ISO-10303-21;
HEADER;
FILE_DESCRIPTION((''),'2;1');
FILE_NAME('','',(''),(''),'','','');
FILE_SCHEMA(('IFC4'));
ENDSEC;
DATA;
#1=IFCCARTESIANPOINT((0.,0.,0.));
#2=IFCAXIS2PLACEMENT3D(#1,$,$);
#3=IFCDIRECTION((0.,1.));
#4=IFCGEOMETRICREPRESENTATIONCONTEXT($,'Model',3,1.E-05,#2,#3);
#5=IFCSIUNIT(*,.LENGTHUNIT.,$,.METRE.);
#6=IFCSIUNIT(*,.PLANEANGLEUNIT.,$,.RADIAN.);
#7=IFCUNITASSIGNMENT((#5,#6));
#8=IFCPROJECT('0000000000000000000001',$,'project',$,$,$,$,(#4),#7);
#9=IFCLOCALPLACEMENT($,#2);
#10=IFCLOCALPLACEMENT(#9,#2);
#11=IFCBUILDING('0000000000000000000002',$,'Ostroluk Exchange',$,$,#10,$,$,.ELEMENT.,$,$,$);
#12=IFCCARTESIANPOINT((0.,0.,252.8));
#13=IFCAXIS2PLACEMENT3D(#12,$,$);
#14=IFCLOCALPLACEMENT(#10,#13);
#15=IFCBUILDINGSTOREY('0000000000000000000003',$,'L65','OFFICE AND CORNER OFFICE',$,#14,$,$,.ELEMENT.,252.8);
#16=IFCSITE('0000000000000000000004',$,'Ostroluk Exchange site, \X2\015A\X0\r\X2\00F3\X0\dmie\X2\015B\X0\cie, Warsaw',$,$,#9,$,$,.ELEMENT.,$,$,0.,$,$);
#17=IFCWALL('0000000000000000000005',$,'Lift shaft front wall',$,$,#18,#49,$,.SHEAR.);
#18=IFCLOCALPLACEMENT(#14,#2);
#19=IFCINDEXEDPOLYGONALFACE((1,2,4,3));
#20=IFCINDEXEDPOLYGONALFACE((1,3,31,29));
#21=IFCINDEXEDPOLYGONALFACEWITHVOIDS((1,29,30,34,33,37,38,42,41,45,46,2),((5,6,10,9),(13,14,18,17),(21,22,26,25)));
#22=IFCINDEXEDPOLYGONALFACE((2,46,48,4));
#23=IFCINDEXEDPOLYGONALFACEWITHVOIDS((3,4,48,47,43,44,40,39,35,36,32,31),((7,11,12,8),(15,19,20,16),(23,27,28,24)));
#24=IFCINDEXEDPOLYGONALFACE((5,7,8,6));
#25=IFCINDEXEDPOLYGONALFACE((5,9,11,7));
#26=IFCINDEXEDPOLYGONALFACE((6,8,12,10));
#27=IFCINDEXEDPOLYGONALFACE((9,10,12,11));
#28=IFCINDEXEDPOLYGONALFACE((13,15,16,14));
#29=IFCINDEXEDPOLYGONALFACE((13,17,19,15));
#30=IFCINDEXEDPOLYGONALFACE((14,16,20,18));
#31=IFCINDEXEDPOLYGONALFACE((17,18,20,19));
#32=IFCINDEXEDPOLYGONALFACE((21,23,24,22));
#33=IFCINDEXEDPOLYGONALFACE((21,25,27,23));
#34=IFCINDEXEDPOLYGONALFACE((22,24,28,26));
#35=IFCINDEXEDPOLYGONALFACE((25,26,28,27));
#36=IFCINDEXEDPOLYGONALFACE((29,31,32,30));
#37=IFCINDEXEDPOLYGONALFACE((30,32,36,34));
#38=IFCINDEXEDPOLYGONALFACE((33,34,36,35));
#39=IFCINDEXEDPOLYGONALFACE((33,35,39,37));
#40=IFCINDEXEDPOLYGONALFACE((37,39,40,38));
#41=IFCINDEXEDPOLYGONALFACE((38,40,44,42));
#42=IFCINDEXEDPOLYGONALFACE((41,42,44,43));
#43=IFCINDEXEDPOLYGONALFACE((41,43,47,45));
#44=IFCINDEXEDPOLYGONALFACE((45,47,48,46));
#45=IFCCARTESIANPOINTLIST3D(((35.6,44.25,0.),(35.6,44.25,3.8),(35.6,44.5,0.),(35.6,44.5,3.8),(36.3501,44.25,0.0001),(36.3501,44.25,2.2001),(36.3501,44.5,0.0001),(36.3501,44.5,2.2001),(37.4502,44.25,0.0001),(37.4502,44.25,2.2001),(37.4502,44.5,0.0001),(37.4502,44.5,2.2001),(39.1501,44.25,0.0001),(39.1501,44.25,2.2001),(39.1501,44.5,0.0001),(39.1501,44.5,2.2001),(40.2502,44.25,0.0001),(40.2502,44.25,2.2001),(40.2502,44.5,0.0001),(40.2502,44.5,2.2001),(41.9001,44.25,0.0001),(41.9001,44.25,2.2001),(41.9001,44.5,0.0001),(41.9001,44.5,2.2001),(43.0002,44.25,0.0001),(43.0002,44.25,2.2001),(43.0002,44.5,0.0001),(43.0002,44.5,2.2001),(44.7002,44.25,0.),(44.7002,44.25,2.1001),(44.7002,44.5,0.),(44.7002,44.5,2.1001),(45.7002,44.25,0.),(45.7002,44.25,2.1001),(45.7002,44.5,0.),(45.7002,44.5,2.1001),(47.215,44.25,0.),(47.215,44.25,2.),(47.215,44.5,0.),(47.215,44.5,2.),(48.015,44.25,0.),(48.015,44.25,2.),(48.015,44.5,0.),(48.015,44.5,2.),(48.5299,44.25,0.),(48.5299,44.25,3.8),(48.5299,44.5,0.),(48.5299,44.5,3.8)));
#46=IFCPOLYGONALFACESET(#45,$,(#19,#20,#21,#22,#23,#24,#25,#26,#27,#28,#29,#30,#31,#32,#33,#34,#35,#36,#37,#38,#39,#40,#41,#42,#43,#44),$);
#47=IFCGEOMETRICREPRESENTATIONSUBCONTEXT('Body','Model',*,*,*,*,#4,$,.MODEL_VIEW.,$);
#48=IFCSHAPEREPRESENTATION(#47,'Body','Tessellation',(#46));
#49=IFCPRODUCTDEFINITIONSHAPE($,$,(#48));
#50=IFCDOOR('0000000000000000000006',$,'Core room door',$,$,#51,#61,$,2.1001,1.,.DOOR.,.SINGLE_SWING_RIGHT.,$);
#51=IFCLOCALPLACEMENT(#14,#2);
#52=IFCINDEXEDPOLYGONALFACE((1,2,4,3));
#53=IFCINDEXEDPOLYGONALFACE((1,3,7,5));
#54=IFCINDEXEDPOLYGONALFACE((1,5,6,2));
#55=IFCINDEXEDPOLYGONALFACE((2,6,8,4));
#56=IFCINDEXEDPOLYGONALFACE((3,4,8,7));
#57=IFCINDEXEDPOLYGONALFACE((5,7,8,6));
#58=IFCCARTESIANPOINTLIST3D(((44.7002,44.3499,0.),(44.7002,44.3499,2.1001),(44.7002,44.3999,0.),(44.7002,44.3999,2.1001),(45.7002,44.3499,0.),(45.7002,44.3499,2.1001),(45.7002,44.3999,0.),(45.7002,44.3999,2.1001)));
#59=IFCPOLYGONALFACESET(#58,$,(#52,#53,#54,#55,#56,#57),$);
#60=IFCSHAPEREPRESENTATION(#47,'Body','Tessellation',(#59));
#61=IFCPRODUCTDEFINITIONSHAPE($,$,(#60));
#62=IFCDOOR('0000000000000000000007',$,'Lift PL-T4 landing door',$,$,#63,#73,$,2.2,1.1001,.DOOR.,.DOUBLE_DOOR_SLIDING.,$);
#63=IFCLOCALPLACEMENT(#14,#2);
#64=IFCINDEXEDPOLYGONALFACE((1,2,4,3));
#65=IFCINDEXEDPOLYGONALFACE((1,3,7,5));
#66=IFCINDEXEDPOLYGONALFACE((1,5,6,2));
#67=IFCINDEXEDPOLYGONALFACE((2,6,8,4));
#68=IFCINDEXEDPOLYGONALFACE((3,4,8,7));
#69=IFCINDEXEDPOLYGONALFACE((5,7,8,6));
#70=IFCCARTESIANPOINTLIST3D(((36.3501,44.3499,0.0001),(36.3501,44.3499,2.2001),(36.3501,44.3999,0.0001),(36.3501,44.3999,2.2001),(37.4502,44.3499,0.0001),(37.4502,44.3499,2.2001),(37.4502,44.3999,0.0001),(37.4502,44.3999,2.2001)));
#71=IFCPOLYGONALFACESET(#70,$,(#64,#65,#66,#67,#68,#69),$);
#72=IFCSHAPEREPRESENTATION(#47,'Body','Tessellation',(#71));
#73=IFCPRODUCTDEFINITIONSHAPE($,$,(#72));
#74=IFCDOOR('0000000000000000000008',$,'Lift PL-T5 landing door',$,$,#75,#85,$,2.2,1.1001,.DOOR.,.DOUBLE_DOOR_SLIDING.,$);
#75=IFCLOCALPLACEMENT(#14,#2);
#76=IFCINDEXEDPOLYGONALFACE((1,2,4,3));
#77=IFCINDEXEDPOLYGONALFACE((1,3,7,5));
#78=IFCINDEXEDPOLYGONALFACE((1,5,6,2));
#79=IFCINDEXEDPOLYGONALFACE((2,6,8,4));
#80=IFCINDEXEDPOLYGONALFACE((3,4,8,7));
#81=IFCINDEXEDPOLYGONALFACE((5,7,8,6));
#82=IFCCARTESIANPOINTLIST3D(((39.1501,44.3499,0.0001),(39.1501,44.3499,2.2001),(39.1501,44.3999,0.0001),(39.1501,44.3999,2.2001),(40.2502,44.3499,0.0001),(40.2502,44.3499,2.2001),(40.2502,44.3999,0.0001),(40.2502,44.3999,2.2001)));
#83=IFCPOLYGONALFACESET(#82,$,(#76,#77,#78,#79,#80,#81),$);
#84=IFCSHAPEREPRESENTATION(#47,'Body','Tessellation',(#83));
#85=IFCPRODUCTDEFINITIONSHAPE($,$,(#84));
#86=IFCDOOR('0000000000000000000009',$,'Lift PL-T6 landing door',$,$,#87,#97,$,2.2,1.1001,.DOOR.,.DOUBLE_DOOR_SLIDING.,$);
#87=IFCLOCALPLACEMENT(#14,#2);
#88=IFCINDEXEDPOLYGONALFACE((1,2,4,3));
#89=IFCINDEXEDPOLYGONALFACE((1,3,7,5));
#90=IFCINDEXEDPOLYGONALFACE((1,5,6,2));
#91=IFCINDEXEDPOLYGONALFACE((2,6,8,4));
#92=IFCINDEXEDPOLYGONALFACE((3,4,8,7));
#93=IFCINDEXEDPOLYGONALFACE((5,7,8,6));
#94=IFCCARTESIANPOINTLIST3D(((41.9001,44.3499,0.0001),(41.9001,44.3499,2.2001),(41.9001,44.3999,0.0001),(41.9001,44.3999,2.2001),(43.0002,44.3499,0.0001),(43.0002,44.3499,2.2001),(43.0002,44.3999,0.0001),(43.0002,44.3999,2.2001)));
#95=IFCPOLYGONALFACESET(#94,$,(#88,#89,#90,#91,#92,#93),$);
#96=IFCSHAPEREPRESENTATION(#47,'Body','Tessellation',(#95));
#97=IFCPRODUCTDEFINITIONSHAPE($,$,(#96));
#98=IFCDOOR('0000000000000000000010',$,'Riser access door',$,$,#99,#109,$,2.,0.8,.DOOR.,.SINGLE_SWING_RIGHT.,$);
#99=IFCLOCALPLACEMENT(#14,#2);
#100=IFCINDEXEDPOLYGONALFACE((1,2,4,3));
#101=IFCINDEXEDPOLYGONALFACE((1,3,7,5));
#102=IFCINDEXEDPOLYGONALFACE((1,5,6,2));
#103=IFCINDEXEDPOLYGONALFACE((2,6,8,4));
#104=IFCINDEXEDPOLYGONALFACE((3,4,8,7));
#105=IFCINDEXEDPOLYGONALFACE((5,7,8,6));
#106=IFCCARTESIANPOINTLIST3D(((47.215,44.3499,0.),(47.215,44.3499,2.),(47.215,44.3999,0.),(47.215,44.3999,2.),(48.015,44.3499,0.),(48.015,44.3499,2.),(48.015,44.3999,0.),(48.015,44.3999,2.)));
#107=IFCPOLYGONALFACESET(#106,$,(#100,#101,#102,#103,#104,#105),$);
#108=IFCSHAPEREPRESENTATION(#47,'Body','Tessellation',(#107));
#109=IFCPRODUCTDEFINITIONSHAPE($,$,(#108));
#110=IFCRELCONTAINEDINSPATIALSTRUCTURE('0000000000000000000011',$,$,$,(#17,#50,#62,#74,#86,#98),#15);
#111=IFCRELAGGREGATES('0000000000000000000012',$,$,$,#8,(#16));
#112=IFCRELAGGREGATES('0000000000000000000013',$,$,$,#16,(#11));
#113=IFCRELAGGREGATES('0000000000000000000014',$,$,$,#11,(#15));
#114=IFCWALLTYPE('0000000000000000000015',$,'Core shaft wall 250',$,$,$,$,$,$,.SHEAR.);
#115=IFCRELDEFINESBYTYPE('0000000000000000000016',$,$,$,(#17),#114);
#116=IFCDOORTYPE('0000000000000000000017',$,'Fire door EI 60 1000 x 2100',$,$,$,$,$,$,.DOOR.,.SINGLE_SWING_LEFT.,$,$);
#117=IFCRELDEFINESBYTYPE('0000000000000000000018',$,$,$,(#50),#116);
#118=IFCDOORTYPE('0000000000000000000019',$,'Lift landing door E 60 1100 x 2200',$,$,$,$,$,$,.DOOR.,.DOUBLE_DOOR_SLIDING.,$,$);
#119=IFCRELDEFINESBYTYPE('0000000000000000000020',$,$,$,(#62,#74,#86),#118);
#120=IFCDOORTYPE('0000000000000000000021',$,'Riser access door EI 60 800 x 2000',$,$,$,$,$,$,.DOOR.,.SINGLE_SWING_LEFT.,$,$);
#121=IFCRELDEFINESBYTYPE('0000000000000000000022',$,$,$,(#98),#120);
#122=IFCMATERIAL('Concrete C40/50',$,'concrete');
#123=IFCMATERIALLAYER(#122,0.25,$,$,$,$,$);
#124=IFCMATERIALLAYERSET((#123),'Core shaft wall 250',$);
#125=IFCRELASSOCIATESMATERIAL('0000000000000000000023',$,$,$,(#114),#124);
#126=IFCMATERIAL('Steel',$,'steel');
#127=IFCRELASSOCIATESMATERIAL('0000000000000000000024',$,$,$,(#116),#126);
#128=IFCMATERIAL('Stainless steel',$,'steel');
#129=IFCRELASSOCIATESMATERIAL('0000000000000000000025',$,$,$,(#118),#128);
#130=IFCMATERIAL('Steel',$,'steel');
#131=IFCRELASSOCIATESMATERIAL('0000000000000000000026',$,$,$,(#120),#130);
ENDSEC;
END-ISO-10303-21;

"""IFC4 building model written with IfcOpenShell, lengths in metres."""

from ifc_helpers import new_model, si_unit, direction, frame, frame_2d, origin, place, context, subcontext, project, spatial, rectangle, extrude, material, layer, layer_set, type_object, element, fill, save


model = new_model("IFC4")

# Units and contexts
model_context = context("Model", 3, precision=1e-05, world=origin(), true_north=direction((0.0, 1.0)))
body_context = subcontext(model_context, "Body", "Model", "MODEL_VIEW")
ifc_project = project(units=[si_unit("LENGTHUNIT", "METRE"), si_unit("PLANEANGLEUNIT", "RADIAN")], contexts=[model_context])

# Site, building, storey
site_placement = place(None, origin())
site = spatial("IfcSite", under=ifc_project, at=site_placement, Name="Ostroluk Exchange site, Śródmieście, Warsaw", CompositionType="ELEMENT", RefElevation=0.0)
building_placement = place(site_placement, origin())
building = spatial("IfcBuilding", under=site, at=building_placement, Name="Ostroluk Exchange", CompositionType="ELEMENT")
storey_placement = place(building_placement, frame((0.0, 0.0, 252.8)))
storey = spatial("IfcBuildingStorey", under=building, at=storey_placement, Name="L65", Description="OFFICE AND CORNER OFFICE", CompositionType="ELEMENT", Elevation=252.8)

# Shared definitions
ifc_material_1 = material(Name="Concrete C40/50", Category="concrete")
ifc_layer = layer(ifc_material_1, 0.25)
ifc_layer_set = layer_set([ifc_layer], Name="Core shaft wall 250")
wall_type = type_object("IfcWallType", Name="Core shaft wall 250", PredefinedType="SHEAR", material=ifc_layer_set)

# Wall, openings, doors
ifc_material_2 = material(Name="Steel", Category="steel")
door_type_1 = type_object("IfcDoorType", Name="Fire door EI 60 1000 x 2100", OperationType="SINGLE_SWING_LEFT", PredefinedType="DOOR", material=ifc_material_2)
ifc_material_3 = material(Name="Stainless steel", Category="steel")
door_type_2 = type_object("IfcDoorType", Name="Lift landing door E 60 1100 x 2200", OperationType="DOUBLE_DOOR_SLIDING", PredefinedType="DOOR", material=ifc_material_3)
ifc_material_4 = material(Name="Steel", Category="steel")
door_type_3 = type_object("IfcDoorType", Name="Riser access door EI 60 800 x 2000", OperationType="SINGLE_SWING_LEFT", PredefinedType="DOOR", material=ifc_material_4)
wall_1_placement = place(storey_placement, frame((35.6001, 44.375, 0.0), z_axis=(0.0, 0.0, 1.0), x_axis=(1.0, 0.0, 0.0)))
wall_1 = element("IfcWall", 1, at=wall_1_placement, inside=storey, type_object=wall_type, Name="Lift shaft front wall", PredefinedType="SHEAR", context=body_context, shape_type="SweptSolid", body=[
    extrude(rectangle(XDim=12.9299, YDim=0.25, at=frame_2d((6.4648, 0.0))), origin(), (0.0, 0.0, 1.0), 3.8),
])
opening_1_placement = place(wall_1_placement, frame((0.75, 0.0, 0.0)))
opening_1 = element("IfcOpeningElement", 2, at=opening_1_placement, cuts=wall_1, PredefinedType="OPENING", context=body_context, shape_type="SweptSolid", body=[
    extrude(rectangle(XDim=1.1001, YDim=2.2, at=frame_2d((0.55, 1.1001))), frame((0.0, 0.135, 0.0), z_axis=(0.0, -1.0, 0.0), x_axis=(1.0, 0.0, 0.0)), (0.0, 0.0, 1.0), 0.27),
])
opening_2_placement = place(wall_1_placement, frame((3.55, 0.0, 0.0)))
opening_2 = element("IfcOpeningElement", 3, at=opening_2_placement, cuts=wall_1, PredefinedType="OPENING", context=body_context, shape_type="SweptSolid", body=[
    extrude(rectangle(XDim=1.1001, YDim=2.2, at=frame_2d((0.55, 1.1001))), frame((0.0, 0.135, 0.0), z_axis=(0.0, -1.0, 0.0), x_axis=(1.0, 0.0, 0.0)), (0.0, 0.0, 1.0), 0.27),
])
opening_3_placement = place(wall_1_placement, frame((6.3, 0.0, 0.0)))
opening_3 = element("IfcOpeningElement", 4, at=opening_3_placement, cuts=wall_1, PredefinedType="OPENING", context=body_context, shape_type="SweptSolid", body=[
    extrude(rectangle(XDim=1.1001, YDim=2.2, at=frame_2d((0.55, 1.1001))), frame((0.0, 0.135, 0.0), z_axis=(0.0, -1.0, 0.0), x_axis=(1.0, 0.0, 0.0)), (0.0, 0.0, 1.0), 0.27),
])
opening_4_placement = place(wall_1_placement, frame((9.1001, 0.0, 0.0)))
opening_4 = element("IfcOpeningElement", 5, at=opening_4_placement, cuts=wall_1, PredefinedType="OPENING", context=body_context, shape_type="SweptSolid", body=[
    extrude(rectangle(XDim=1.0, YDim=2.1001, at=frame_2d((0.5, 1.05))), frame((0.0, 0.135, 0.0), z_axis=(0.0, -1.0, 0.0), x_axis=(1.0, 0.0, 0.0)), (0.0, 0.0, 1.0), 0.27),
])
opening_5_placement = place(wall_1_placement, frame((11.615, 0.0, 0.0)))
opening_5 = element("IfcOpeningElement", 6, at=opening_5_placement, cuts=wall_1, PredefinedType="OPENING", context=body_context, shape_type="SweptSolid", body=[
    extrude(rectangle(XDim=0.8, YDim=2.0, at=frame_2d((0.3999, 1.0))), frame((0.0, 0.135, 0.0), z_axis=(0.0, -1.0, 0.0), x_axis=(1.0, 0.0, 0.0)), (0.0, 0.0, 1.0), 0.27),
])
door_1_placement = place(opening_4_placement, origin())
door_1 = element("IfcDoor", 7, at=door_1_placement, inside=storey, type_object=door_type_1, Name="Core room door", OperationType="SINGLE_SWING_RIGHT", OverallHeight=2.1001, OverallWidth=1.0, PredefinedType="DOOR", context=body_context, shape_type="SweptSolid", body=[
    extrude(rectangle(XDim=1.0, YDim=2.1001, at=frame_2d((0.5, 1.05))), frame((0.0, 0.0249, 0.0), z_axis=(0.0, -1.0, 0.0), x_axis=(1.0, 0.0, 0.0)), (0.0, 0.0, 1.0), 0.05),
])
fill(opening_4, door_1)
door_2_placement = place(opening_1_placement, origin())
door_2 = element("IfcDoor", 8, at=door_2_placement, inside=storey, type_object=door_type_2, Name="Lift PL-T4 landing door", OperationType="DOUBLE_DOOR_SLIDING", OverallHeight=2.2, OverallWidth=1.1001, PredefinedType="DOOR", context=body_context, shape_type="SweptSolid", body=[
    extrude(rectangle(XDim=1.1001, YDim=2.2, at=frame_2d((0.55, 1.1001))), frame((0.0, 0.0249, 0.0), z_axis=(0.0, -1.0, 0.0), x_axis=(1.0, 0.0, 0.0)), (0.0, 0.0, 1.0), 0.05),
])
fill(opening_1, door_2)
door_3_placement = place(opening_2_placement, origin())
door_3 = element("IfcDoor", 9, at=door_3_placement, inside=storey, type_object=door_type_2, Name="Lift PL-T5 landing door", OperationType="DOUBLE_DOOR_SLIDING", OverallHeight=2.2, OverallWidth=1.1001, PredefinedType="DOOR", context=body_context, shape_type="SweptSolid", body=[
    extrude(rectangle(XDim=1.1001, YDim=2.2, at=frame_2d((0.55, 1.1001))), frame((0.0, 0.0249, 0.0), z_axis=(0.0, -1.0, 0.0), x_axis=(1.0, 0.0, 0.0)), (0.0, 0.0, 1.0), 0.05),
])
fill(opening_2, door_3)
door_4_placement = place(opening_3_placement, origin())
door_4 = element("IfcDoor", 10, at=door_4_placement, inside=storey, type_object=door_type_2, Name="Lift PL-T6 landing door", OperationType="DOUBLE_DOOR_SLIDING", OverallHeight=2.2, OverallWidth=1.1001, PredefinedType="DOOR", context=body_context, shape_type="SweptSolid", body=[
    extrude(rectangle(XDim=1.1001, YDim=2.2, at=frame_2d((0.55, 1.1001))), frame((0.0, 0.0249, 0.0), z_axis=(0.0, -1.0, 0.0), x_axis=(1.0, 0.0, 0.0)), (0.0, 0.0, 1.0), 0.05),
])
fill(opening_3, door_4)
door_5_placement = place(opening_5_placement, origin())
door_5 = element("IfcDoor", 11, at=door_5_placement, inside=storey, type_object=door_type_3, Name="Riser access door", OperationType="SINGLE_SWING_RIGHT", OverallHeight=2.0, OverallWidth=0.8, PredefinedType="DOOR", context=body_context, shape_type="SweptSolid", body=[
    extrude(rectangle(XDim=0.8, YDim=2.0, at=frame_2d((0.3999, 1.0))), frame((0.0, 0.0249, 0.0), z_axis=(0.0, -1.0, 0.0), x_axis=(1.0, 0.0, 0.0)), (0.0, 0.0, 1.0), 0.05),
])
fill(opening_5, door_5)

save(model, "model.ifc")
